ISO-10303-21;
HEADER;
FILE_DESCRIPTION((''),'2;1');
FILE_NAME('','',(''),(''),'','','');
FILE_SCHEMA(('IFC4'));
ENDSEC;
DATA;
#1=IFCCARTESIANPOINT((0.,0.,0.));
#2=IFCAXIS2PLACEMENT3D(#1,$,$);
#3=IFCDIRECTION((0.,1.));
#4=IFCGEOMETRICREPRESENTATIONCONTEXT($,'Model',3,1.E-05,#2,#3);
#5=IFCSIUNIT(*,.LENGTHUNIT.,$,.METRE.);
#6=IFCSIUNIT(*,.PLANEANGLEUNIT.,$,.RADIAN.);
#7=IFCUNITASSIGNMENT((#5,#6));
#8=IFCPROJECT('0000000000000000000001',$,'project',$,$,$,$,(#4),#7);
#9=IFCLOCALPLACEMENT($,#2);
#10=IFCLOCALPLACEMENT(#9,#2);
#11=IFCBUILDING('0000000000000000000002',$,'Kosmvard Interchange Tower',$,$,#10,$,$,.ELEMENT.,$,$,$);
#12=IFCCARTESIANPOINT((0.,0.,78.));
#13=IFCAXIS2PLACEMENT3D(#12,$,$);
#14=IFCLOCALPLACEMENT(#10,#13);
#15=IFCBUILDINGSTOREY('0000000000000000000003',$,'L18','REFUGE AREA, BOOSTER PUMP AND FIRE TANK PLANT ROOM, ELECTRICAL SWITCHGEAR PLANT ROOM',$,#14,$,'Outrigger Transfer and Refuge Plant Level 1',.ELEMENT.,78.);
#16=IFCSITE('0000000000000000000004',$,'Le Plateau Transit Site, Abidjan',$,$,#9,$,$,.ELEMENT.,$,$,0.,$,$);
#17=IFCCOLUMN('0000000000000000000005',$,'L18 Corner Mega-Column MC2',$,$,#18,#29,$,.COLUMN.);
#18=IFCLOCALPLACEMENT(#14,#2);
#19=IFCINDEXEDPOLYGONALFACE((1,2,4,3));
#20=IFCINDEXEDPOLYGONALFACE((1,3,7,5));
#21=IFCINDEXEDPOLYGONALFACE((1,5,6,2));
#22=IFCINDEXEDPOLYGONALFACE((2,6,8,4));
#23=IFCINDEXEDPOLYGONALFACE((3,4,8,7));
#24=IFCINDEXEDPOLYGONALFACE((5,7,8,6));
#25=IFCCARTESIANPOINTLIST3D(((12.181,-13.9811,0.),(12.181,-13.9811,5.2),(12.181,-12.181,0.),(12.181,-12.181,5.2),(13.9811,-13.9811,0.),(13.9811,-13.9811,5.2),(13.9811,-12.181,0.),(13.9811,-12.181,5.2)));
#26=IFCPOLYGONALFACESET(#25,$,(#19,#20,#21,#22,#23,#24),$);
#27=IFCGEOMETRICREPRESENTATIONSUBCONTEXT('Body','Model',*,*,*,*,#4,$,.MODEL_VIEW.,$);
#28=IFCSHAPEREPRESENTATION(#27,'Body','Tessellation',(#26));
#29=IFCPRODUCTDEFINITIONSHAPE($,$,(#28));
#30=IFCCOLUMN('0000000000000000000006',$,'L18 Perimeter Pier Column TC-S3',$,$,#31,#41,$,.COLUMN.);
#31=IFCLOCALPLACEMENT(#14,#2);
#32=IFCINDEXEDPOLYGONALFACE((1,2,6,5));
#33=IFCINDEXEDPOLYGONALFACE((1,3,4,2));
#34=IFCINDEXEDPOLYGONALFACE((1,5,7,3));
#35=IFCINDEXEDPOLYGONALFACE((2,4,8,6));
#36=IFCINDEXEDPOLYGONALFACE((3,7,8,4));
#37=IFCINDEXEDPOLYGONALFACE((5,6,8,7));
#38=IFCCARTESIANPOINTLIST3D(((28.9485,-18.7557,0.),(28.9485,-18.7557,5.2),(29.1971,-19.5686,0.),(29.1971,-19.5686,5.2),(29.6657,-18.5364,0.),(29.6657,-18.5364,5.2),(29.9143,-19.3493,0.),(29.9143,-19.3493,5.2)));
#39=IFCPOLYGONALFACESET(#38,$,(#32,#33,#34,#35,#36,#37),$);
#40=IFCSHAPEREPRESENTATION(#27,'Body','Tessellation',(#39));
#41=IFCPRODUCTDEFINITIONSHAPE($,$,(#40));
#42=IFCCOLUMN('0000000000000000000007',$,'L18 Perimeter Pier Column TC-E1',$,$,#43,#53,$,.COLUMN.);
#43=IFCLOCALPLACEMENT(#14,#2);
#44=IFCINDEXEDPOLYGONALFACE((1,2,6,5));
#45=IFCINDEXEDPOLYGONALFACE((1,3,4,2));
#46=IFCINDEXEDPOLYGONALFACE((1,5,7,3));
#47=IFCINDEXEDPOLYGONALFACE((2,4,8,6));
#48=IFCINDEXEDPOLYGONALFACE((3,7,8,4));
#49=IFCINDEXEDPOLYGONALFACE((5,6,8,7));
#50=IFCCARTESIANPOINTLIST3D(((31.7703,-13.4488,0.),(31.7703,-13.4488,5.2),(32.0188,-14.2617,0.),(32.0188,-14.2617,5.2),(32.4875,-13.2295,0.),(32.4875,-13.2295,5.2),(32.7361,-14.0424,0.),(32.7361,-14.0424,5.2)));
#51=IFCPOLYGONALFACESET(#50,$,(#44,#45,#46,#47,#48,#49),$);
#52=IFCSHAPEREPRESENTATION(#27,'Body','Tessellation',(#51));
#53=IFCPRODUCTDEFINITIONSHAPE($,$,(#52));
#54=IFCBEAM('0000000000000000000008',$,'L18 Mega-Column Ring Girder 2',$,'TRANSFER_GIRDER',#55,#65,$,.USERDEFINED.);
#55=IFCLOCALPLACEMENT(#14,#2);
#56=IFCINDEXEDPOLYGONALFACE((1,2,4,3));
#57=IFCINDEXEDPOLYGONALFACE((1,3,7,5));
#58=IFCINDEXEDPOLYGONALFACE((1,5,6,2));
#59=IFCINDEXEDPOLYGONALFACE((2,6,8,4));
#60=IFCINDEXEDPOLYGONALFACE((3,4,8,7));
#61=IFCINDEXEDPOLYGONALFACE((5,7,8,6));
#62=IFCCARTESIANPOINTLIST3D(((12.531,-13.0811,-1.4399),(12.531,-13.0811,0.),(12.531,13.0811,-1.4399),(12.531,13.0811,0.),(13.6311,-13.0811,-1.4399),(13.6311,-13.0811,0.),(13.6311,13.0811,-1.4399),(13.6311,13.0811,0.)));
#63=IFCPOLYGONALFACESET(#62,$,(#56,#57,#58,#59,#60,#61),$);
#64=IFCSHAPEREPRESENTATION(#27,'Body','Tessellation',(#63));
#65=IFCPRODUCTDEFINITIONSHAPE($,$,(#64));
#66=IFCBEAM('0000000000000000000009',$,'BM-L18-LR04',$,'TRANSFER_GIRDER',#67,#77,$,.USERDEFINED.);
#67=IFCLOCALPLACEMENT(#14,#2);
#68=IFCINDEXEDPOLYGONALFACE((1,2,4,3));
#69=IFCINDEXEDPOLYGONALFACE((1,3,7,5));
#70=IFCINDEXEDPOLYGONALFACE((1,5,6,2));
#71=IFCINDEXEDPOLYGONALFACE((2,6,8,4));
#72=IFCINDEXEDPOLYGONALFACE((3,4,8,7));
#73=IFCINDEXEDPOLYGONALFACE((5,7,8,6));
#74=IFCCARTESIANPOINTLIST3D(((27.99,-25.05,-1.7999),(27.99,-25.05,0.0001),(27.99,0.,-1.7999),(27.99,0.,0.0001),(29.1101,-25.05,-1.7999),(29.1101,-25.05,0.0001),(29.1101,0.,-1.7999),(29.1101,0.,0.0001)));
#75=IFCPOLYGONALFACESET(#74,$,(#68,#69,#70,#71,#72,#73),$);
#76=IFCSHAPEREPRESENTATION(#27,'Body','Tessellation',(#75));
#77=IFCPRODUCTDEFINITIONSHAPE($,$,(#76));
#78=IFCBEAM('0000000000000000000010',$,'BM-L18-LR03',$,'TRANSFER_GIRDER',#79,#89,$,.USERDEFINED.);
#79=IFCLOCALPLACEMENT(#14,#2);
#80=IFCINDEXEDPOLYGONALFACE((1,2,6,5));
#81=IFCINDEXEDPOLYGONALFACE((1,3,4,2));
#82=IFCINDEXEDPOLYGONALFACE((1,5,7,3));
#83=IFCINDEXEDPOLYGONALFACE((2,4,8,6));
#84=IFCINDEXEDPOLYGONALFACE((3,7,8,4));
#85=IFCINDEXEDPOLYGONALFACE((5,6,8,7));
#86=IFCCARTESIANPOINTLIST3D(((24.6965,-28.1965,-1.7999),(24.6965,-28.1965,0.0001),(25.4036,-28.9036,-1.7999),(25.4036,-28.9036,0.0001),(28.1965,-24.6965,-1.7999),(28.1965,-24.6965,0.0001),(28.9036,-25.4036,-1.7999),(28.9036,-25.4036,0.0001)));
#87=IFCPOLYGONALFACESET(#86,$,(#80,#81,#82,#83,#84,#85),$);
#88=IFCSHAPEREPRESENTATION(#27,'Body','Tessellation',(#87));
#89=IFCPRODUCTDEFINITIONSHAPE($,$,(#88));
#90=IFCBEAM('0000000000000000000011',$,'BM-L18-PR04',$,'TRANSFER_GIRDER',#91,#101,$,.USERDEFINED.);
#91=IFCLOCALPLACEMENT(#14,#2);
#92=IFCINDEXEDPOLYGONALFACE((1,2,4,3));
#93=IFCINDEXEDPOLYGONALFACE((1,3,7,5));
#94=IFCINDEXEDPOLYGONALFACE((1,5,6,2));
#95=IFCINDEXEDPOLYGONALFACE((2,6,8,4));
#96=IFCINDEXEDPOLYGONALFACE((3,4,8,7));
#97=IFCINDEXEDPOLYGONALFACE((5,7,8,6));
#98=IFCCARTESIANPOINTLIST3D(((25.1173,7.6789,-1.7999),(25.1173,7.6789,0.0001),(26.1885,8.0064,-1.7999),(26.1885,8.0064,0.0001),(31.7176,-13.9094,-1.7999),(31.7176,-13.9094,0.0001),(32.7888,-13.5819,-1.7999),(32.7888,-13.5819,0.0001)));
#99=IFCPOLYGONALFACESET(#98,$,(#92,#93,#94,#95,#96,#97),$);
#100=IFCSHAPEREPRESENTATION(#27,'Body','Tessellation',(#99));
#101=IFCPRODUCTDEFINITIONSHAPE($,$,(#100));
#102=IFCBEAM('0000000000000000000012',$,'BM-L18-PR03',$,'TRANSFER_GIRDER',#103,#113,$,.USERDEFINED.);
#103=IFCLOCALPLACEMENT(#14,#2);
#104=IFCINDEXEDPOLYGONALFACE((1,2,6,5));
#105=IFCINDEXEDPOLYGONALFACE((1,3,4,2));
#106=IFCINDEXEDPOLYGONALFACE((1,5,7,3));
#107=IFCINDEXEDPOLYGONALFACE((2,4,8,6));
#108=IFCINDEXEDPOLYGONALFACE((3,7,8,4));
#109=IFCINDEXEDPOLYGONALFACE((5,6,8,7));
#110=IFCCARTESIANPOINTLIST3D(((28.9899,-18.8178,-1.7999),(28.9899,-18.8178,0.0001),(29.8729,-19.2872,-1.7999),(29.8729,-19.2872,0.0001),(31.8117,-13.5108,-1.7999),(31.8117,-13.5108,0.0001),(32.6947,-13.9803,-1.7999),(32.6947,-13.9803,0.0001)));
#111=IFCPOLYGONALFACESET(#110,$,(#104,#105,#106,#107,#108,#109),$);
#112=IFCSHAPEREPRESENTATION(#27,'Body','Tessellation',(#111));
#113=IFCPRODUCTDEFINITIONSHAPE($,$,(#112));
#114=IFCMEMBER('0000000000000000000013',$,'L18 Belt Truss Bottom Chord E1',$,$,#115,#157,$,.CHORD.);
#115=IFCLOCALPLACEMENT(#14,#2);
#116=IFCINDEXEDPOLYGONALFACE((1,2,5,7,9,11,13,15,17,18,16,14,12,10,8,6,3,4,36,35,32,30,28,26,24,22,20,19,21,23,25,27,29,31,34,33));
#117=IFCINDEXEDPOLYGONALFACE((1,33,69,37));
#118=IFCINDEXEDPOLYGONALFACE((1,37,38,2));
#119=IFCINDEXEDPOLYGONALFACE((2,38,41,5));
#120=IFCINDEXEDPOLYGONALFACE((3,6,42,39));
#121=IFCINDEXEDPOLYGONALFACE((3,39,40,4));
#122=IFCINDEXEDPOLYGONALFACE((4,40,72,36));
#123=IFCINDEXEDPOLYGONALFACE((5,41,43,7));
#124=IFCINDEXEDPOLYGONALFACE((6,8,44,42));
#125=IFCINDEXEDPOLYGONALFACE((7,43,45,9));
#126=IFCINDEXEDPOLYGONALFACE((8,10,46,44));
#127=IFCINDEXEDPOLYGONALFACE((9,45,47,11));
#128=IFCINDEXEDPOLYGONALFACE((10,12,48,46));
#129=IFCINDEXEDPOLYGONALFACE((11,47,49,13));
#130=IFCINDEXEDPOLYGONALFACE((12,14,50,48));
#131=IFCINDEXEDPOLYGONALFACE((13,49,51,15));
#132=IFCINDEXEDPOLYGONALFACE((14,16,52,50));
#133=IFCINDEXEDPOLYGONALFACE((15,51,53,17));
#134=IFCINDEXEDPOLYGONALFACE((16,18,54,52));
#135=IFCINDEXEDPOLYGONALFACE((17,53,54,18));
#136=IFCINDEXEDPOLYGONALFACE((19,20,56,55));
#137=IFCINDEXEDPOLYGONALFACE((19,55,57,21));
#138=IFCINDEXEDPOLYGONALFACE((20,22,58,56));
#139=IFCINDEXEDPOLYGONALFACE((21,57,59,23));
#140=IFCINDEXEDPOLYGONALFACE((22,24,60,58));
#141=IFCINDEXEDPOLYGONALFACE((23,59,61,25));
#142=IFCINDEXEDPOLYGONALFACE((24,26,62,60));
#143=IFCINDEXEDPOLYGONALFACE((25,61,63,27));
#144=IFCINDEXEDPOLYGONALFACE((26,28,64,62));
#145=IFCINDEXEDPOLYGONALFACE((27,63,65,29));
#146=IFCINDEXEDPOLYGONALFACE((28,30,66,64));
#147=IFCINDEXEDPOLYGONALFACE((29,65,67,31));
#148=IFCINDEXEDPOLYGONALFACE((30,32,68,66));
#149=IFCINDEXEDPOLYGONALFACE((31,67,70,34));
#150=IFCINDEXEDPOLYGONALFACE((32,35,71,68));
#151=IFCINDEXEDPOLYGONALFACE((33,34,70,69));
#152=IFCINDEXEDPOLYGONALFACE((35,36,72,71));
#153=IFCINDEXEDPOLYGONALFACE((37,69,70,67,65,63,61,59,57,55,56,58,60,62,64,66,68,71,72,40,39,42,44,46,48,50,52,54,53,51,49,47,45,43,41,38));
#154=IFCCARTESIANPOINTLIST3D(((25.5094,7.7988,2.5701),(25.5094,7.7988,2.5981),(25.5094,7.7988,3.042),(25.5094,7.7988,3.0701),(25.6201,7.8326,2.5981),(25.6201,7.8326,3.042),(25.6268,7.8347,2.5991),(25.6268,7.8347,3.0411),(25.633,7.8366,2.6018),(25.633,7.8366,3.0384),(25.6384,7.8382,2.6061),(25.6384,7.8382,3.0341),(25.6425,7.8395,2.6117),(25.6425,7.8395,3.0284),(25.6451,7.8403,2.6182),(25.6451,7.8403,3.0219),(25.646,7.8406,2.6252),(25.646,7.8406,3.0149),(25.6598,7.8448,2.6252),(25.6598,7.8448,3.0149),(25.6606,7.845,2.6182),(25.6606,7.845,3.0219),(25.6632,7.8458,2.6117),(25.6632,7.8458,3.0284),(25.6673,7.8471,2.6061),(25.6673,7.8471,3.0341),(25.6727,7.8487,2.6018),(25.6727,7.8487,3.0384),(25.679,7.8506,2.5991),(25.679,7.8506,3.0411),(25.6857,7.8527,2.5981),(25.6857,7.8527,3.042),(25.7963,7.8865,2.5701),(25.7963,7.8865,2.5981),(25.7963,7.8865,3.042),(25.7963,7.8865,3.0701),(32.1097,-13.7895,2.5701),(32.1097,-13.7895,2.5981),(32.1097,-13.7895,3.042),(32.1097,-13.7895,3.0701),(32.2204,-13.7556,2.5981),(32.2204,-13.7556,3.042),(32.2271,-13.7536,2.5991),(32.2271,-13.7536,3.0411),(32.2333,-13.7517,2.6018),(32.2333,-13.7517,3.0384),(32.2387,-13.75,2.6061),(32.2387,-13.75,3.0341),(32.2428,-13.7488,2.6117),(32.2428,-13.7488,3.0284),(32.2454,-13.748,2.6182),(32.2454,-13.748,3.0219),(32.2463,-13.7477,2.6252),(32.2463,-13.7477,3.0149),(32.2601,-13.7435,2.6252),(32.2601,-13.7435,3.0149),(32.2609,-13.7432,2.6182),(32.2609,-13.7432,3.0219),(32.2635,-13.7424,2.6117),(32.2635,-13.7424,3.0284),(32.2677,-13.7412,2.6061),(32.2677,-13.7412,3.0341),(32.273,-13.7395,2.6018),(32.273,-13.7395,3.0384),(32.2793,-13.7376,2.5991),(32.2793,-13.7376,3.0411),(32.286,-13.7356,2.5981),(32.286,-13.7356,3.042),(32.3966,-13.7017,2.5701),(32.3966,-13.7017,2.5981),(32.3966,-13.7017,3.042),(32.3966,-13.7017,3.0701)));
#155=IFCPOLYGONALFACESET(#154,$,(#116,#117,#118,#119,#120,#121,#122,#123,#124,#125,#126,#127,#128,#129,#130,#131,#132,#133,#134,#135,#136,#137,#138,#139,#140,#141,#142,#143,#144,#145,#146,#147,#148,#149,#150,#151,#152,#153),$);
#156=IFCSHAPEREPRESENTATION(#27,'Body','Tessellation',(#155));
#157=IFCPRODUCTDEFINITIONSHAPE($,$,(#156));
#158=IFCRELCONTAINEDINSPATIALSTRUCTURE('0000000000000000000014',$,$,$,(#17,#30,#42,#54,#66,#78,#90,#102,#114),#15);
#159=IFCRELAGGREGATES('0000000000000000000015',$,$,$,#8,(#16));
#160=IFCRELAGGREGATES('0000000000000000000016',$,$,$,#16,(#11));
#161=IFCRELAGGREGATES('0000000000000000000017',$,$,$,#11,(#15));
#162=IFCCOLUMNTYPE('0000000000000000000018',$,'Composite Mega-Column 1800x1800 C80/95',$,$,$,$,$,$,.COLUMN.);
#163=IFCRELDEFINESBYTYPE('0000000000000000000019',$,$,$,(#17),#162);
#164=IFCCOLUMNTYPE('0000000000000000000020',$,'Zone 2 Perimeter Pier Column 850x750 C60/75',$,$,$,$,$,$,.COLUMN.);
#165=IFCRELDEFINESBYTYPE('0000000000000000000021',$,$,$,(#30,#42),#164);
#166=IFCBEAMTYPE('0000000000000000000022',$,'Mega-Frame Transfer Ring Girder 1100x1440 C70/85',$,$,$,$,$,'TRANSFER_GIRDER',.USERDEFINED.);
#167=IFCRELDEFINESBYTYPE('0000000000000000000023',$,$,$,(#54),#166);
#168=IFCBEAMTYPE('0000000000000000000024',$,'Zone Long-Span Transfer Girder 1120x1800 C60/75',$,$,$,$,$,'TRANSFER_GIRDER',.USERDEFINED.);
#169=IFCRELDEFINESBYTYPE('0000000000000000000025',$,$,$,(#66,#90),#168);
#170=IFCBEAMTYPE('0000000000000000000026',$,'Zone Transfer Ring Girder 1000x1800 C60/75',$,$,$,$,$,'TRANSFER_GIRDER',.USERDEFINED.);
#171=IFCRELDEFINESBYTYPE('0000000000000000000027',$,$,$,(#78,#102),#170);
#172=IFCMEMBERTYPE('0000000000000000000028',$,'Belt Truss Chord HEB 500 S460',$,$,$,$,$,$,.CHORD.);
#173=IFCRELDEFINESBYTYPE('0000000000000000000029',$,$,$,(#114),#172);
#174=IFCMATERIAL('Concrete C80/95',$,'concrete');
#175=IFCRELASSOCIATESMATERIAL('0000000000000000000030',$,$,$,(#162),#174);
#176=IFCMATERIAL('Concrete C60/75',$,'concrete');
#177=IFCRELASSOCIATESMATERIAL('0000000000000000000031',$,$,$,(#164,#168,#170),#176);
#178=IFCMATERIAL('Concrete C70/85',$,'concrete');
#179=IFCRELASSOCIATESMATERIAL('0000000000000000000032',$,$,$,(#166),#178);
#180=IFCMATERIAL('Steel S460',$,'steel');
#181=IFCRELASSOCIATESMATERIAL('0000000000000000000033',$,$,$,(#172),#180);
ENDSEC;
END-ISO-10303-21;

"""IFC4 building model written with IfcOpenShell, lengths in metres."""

from ifc_helpers import new_model, si_unit, direction, frame, origin, origin_2d, place, context, subcontext, project, spatial, rectangle, i_section, extrude, source, transform, mapped, material, material_profile, profile_set, type_object, element, save


model = new_model("IFC4")

# Units and contexts
model_context = context("Model", 3, precision=1e-05, world=origin(), true_north=direction((0.0, 1.0)))
body_context = subcontext(model_context, "Body", "Model", "MODEL_VIEW")
ifc_project = project(units=[si_unit("LENGTHUNIT", "METRE"), si_unit("PLANEANGLEUNIT", "RADIAN")], contexts=[model_context])

# Site, building, storey
site_placement = place(None, origin())
site = spatial("IfcSite", under=ifc_project, at=site_placement, Name="Le Plateau Transit Site, Abidjan", CompositionType="ELEMENT", RefElevation=0.0)
building_placement = place(site_placement, origin())
building = spatial("IfcBuilding", under=site, at=building_placement, Name="Kosmvard Interchange Tower", CompositionType="ELEMENT")
storey_placement = place(building_placement, frame((0.0, 0.0, 78.0)))
storey = spatial("IfcBuildingStorey", under=building, at=storey_placement, Name="L18", Description="REFUGE AREA, BOOSTER PUMP AND FIRE TANK PLANT ROOM, ELECTRICAL SWITCHGEAR PLANT ROOM", LongName="Outrigger Transfer and Refuge Plant Level 1", CompositionType="ELEMENT", Elevation=78.0)

# Columns
ifc_material_1 = material(Name="Concrete C80/95", Category="concrete")
ifc_material_profile_1 = material_profile(ifc_material_1, rectangle(XDim=1.8, YDim=1.8, at=origin_2d()), Name="MC 1800x1800")
ifc_profile_set_1 = profile_set([ifc_material_profile_1], Name="Concrete C80/95")
column_type_1 = type_object("IfcColumnType", Name="Composite Mega-Column 1800x1800 C80/95", PredefinedType="COLUMN", material=ifc_profile_set_1)
shared_shape_1 = source(origin(), body_context, "Body", "SweptSolid", [
    extrude(rectangle(XDim=1.8, YDim=1.8, at=origin_2d()), origin(), (0.0, 0.0, 1.0), 5.2),
])
column_placement = place(storey_placement, frame((13.0811, -13.0811, 0.0), z_axis=(0.0, 0.0, 1.0), x_axis=(1.0, 0.0, 0.0)))
element("IfcColumn", 1, at=column_placement, inside=storey, type_object=column_type_1, Name="L18 Corner Mega-Column MC2", PredefinedType="COLUMN", context=body_context, shape_type="MappedRepresentation", body=[
    mapped(shared_shape_1, transform((0.0, 0.0, 0.0), scale=1.0)),
])
ifc_material_2 = material(Name="Concrete C60/75", Category="concrete")
ifc_material_profile_2 = material_profile(ifc_material_2, rectangle(XDim=0.75, YDim=0.8501, at=origin_2d()), Name="TC 850x750")
ifc_profile_set_2 = profile_set([ifc_material_profile_2], Name="Concrete C60/75")
column_type_2 = type_object("IfcColumnType", Name="Zone 2 Perimeter Pier Column 850x750 C60/75", PredefinedType="COLUMN", material=ifc_profile_set_2)
shared_shape_2 = source(origin(), body_context, "Body", "SweptSolid", [
    extrude(rectangle(XDim=0.75, YDim=0.8501, at=origin_2d()), origin(), (0.0, 0.0, 1.0), 5.2),
])
for number, where, z_axis, x_axis, name in (
    (2, (29.4314, -19.0525, 0.0), (0.0, 0.0, 1.0), (0.956305, 0.292372, 0.0), "L18 Perimeter Pier Column TC-S3"),
    (3, (32.2532, -13.7456, 0.0), (0.0, 0.0, 1.0), (0.956305, 0.292372, 0.0), "L18 Perimeter Pier Column TC-E1"),
):
    element("IfcColumn", number, at=place(storey_placement, frame(where, z_axis=z_axis, x_axis=x_axis)), inside=storey, type_object=column_type_2, Name=name, PredefinedType="COLUMN", context=body_context, shape_type="MappedRepresentation", body=[
        mapped(shared_shape_2, transform((0.0, 0.0, 0.0), scale=1.0)),
    ])

# Beams
ifc_material_3 = material(Name="Concrete C70/85", Category="concrete")
ifc_material_profile_3 = material_profile(ifc_material_3, rectangle(XDim=1.1001, YDim=1.4399, at=origin_2d()), Name="TG 1100x1440")
ifc_profile_set_3 = profile_set([ifc_material_profile_3], Name="Concrete C70/85")
beam_type_1 = type_object("IfcBeamType", Name="Mega-Frame Transfer Ring Girder 1100x1440 C70/85", ElementType="TRANSFER_GIRDER", PredefinedType="USERDEFINED", material=ifc_profile_set_3)
shared_shape_3 = source(origin(), body_context, "Body", "SweptSolid", [
    extrude(rectangle(XDim=1.1001, YDim=1.4399, at=origin_2d()), origin(), (0.0, 0.0, 1.0), 26.1621),
])
beam_1_placement = place(storey_placement, frame((13.0811, -13.0811, -0.72), z_axis=(0.0, 1.0, 0.0), x_axis=(-1.0, 0.0, 0.0)))
element("IfcBeam", 4, at=beam_1_placement, inside=storey, type_object=beam_type_1, Name="L18 Mega-Column Ring Girder 2", ObjectType="TRANSFER_GIRDER", PredefinedType="USERDEFINED", context=body_context, shape_type="MappedRepresentation", body=[
    mapped(shared_shape_3, transform((0.0, 0.0, 0.0), scale=1.0)),
])
ifc_material_profile_4 = material_profile(ifc_material_2, rectangle(XDim=1.1201, YDim=1.8, at=origin_2d()), Name="TG 1120x1800")
ifc_profile_set_4 = profile_set([ifc_material_profile_4], Name="Concrete C60/75")
beam_type_2 = type_object("IfcBeamType", Name="Zone Long-Span Transfer Girder 1120x1800 C60/75", ElementType="TRANSFER_GIRDER", PredefinedType="USERDEFINED", material=ifc_profile_set_4)
shared_shape_4 = source(origin(), body_context, "Body", "SweptSolid", [
    extrude(rectangle(XDim=1.1201, YDim=1.8, at=origin_2d()), origin(), (0.0, 0.0, 1.0), 25.05),
])
beam_2_placement = place(storey_placement, frame((28.55, -25.05, -0.8999), z_axis=(0.0, 1.0, 0.0), x_axis=(-1.0, 0.0, 0.0)))
element("IfcBeam", 5, at=beam_2_placement, inside=storey, type_object=beam_type_2, Name="BM-L18-LR04", ObjectType="TRANSFER_GIRDER", PredefinedType="USERDEFINED", context=body_context, shape_type="MappedRepresentation", body=[
    mapped(shared_shape_4, transform((0.0, 0.0, 0.0), scale=1.0)),
])
ifc_material_profile_5 = material_profile(ifc_material_2, rectangle(XDim=1.0, YDim=1.8, at=origin_2d()), Name="TG 1000x1800")
ifc_profile_set_5 = profile_set([ifc_material_profile_5], Name="Concrete C60/75")
beam_type_3 = type_object("IfcBeamType", Name="Zone Transfer Ring Girder 1000x1800 C60/75", ElementType="TRANSFER_GIRDER", PredefinedType="USERDEFINED", material=ifc_profile_set_5)
shared_shape_5 = source(origin(), body_context, "Body", "SweptSolid", [
    extrude(rectangle(XDim=1.0, YDim=1.8, at=origin_2d()), origin(), (0.0, 0.0, 1.0), 4.9497),
])
beam_3_placement = place(storey_placement, frame((25.05, -28.55, -0.8999), z_axis=(0.707107, 0.707107, 0.0), x_axis=(-0.707107, 0.707107, 0.0)))
element("IfcBeam", 6, at=beam_3_placement, inside=storey, type_object=beam_type_3, Name="BM-L18-LR03", ObjectType="TRANSFER_GIRDER", PredefinedType="USERDEFINED", context=body_context, shape_type="MappedRepresentation", body=[
    mapped(shared_shape_5, transform((0.0, 0.0, 0.0), scale=1.0)),
])
shared_shape_6 = source(origin(), body_context, "Body", "SweptSolid", [
    extrude(rectangle(XDim=1.1201, YDim=1.8, at=origin_2d()), origin(), (0.0, 0.0, 1.0), 22.5747),
])
beam_4_placement = place(storey_placement, frame((32.2532, -13.7456, -0.8999), z_axis=(-0.292376, 0.956303, 0.0), x_axis=(-0.956303, -0.292376, 0.0)))
element("IfcBeam", 7, at=beam_4_placement, inside=storey, type_object=beam_type_2, Name="BM-L18-PR04", ObjectType="TRANSFER_GIRDER", PredefinedType="USERDEFINED", context=body_context, shape_type="MappedRepresentation", body=[
    mapped(shared_shape_6, transform((0.0, 0.0, 0.0), scale=1.0)),
])
shared_shape_7 = source(origin(), body_context, "Body", "SweptSolid", [
    extrude(rectangle(XDim=1.0, YDim=1.8, at=origin_2d()), origin(), (0.0, 0.0, 1.0), 6.0105),
])
beam_5_placement = place(storey_placement, frame((29.4314, -19.0525, -0.8999), z_axis=(0.469479, 0.882944, 0.0), x_axis=(-0.882944, 0.469479, 0.0)))
element("IfcBeam", 8, at=beam_5_placement, inside=storey, type_object=beam_type_3, Name="BM-L18-PR03", ObjectType="TRANSFER_GIRDER", PredefinedType="USERDEFINED", context=body_context, shape_type="MappedRepresentation", body=[
    mapped(shared_shape_7, transform((0.0, 0.0, 0.0), scale=1.0)),
])

# Member
ifc_material_4 = material(Name="Steel S460", Category="steel")
ifc_material_profile_6 = material_profile(ifc_material_4, i_section(OverallWidth=0.3, OverallDepth=0.5, WebThickness=0.0144, FlangeThickness=0.0281, FilletRadius=0.0271, at=origin_2d()), Name="HEB 500")
ifc_profile_set_6 = profile_set([ifc_material_profile_6], Name="Steel S460")
member_type_1 = type_object("IfcMemberType", Name="Belt Truss Chord HEB 500 S460", PredefinedType="CHORD", material=ifc_profile_set_6)
shared_shape_8 = source(origin(), body_context, "Body", "SweptSolid", [
    extrude(i_section(OverallWidth=0.3, OverallDepth=0.5, WebThickness=0.0144, FlangeThickness=0.0281, FilletRadius=0.0271, at=origin_2d()), origin(), (0.0, 0.0, 1.0), 22.5747),
])
for number, where, z_axis, x_axis, name in (
    (9, (32.2532, -13.7456, 2.8201), (-0.292376, 0.956303, 0.0), (-0.956303, -0.292376, 0.0), "L18 Belt Truss Bottom Chord E1"),
):
    element("IfcMember", number, at=place(storey_placement, frame(where, z_axis=z_axis, x_axis=x_axis)), inside=storey, type_object=member_type_1, Name=name, PredefinedType="CHORD", context=body_context, shape_type="MappedRepresentation", body=[
        mapped(shared_shape_8, transform((0.0, 0.0, 0.0), scale=1.0)),
    ])

save(model, "model.ifc")
